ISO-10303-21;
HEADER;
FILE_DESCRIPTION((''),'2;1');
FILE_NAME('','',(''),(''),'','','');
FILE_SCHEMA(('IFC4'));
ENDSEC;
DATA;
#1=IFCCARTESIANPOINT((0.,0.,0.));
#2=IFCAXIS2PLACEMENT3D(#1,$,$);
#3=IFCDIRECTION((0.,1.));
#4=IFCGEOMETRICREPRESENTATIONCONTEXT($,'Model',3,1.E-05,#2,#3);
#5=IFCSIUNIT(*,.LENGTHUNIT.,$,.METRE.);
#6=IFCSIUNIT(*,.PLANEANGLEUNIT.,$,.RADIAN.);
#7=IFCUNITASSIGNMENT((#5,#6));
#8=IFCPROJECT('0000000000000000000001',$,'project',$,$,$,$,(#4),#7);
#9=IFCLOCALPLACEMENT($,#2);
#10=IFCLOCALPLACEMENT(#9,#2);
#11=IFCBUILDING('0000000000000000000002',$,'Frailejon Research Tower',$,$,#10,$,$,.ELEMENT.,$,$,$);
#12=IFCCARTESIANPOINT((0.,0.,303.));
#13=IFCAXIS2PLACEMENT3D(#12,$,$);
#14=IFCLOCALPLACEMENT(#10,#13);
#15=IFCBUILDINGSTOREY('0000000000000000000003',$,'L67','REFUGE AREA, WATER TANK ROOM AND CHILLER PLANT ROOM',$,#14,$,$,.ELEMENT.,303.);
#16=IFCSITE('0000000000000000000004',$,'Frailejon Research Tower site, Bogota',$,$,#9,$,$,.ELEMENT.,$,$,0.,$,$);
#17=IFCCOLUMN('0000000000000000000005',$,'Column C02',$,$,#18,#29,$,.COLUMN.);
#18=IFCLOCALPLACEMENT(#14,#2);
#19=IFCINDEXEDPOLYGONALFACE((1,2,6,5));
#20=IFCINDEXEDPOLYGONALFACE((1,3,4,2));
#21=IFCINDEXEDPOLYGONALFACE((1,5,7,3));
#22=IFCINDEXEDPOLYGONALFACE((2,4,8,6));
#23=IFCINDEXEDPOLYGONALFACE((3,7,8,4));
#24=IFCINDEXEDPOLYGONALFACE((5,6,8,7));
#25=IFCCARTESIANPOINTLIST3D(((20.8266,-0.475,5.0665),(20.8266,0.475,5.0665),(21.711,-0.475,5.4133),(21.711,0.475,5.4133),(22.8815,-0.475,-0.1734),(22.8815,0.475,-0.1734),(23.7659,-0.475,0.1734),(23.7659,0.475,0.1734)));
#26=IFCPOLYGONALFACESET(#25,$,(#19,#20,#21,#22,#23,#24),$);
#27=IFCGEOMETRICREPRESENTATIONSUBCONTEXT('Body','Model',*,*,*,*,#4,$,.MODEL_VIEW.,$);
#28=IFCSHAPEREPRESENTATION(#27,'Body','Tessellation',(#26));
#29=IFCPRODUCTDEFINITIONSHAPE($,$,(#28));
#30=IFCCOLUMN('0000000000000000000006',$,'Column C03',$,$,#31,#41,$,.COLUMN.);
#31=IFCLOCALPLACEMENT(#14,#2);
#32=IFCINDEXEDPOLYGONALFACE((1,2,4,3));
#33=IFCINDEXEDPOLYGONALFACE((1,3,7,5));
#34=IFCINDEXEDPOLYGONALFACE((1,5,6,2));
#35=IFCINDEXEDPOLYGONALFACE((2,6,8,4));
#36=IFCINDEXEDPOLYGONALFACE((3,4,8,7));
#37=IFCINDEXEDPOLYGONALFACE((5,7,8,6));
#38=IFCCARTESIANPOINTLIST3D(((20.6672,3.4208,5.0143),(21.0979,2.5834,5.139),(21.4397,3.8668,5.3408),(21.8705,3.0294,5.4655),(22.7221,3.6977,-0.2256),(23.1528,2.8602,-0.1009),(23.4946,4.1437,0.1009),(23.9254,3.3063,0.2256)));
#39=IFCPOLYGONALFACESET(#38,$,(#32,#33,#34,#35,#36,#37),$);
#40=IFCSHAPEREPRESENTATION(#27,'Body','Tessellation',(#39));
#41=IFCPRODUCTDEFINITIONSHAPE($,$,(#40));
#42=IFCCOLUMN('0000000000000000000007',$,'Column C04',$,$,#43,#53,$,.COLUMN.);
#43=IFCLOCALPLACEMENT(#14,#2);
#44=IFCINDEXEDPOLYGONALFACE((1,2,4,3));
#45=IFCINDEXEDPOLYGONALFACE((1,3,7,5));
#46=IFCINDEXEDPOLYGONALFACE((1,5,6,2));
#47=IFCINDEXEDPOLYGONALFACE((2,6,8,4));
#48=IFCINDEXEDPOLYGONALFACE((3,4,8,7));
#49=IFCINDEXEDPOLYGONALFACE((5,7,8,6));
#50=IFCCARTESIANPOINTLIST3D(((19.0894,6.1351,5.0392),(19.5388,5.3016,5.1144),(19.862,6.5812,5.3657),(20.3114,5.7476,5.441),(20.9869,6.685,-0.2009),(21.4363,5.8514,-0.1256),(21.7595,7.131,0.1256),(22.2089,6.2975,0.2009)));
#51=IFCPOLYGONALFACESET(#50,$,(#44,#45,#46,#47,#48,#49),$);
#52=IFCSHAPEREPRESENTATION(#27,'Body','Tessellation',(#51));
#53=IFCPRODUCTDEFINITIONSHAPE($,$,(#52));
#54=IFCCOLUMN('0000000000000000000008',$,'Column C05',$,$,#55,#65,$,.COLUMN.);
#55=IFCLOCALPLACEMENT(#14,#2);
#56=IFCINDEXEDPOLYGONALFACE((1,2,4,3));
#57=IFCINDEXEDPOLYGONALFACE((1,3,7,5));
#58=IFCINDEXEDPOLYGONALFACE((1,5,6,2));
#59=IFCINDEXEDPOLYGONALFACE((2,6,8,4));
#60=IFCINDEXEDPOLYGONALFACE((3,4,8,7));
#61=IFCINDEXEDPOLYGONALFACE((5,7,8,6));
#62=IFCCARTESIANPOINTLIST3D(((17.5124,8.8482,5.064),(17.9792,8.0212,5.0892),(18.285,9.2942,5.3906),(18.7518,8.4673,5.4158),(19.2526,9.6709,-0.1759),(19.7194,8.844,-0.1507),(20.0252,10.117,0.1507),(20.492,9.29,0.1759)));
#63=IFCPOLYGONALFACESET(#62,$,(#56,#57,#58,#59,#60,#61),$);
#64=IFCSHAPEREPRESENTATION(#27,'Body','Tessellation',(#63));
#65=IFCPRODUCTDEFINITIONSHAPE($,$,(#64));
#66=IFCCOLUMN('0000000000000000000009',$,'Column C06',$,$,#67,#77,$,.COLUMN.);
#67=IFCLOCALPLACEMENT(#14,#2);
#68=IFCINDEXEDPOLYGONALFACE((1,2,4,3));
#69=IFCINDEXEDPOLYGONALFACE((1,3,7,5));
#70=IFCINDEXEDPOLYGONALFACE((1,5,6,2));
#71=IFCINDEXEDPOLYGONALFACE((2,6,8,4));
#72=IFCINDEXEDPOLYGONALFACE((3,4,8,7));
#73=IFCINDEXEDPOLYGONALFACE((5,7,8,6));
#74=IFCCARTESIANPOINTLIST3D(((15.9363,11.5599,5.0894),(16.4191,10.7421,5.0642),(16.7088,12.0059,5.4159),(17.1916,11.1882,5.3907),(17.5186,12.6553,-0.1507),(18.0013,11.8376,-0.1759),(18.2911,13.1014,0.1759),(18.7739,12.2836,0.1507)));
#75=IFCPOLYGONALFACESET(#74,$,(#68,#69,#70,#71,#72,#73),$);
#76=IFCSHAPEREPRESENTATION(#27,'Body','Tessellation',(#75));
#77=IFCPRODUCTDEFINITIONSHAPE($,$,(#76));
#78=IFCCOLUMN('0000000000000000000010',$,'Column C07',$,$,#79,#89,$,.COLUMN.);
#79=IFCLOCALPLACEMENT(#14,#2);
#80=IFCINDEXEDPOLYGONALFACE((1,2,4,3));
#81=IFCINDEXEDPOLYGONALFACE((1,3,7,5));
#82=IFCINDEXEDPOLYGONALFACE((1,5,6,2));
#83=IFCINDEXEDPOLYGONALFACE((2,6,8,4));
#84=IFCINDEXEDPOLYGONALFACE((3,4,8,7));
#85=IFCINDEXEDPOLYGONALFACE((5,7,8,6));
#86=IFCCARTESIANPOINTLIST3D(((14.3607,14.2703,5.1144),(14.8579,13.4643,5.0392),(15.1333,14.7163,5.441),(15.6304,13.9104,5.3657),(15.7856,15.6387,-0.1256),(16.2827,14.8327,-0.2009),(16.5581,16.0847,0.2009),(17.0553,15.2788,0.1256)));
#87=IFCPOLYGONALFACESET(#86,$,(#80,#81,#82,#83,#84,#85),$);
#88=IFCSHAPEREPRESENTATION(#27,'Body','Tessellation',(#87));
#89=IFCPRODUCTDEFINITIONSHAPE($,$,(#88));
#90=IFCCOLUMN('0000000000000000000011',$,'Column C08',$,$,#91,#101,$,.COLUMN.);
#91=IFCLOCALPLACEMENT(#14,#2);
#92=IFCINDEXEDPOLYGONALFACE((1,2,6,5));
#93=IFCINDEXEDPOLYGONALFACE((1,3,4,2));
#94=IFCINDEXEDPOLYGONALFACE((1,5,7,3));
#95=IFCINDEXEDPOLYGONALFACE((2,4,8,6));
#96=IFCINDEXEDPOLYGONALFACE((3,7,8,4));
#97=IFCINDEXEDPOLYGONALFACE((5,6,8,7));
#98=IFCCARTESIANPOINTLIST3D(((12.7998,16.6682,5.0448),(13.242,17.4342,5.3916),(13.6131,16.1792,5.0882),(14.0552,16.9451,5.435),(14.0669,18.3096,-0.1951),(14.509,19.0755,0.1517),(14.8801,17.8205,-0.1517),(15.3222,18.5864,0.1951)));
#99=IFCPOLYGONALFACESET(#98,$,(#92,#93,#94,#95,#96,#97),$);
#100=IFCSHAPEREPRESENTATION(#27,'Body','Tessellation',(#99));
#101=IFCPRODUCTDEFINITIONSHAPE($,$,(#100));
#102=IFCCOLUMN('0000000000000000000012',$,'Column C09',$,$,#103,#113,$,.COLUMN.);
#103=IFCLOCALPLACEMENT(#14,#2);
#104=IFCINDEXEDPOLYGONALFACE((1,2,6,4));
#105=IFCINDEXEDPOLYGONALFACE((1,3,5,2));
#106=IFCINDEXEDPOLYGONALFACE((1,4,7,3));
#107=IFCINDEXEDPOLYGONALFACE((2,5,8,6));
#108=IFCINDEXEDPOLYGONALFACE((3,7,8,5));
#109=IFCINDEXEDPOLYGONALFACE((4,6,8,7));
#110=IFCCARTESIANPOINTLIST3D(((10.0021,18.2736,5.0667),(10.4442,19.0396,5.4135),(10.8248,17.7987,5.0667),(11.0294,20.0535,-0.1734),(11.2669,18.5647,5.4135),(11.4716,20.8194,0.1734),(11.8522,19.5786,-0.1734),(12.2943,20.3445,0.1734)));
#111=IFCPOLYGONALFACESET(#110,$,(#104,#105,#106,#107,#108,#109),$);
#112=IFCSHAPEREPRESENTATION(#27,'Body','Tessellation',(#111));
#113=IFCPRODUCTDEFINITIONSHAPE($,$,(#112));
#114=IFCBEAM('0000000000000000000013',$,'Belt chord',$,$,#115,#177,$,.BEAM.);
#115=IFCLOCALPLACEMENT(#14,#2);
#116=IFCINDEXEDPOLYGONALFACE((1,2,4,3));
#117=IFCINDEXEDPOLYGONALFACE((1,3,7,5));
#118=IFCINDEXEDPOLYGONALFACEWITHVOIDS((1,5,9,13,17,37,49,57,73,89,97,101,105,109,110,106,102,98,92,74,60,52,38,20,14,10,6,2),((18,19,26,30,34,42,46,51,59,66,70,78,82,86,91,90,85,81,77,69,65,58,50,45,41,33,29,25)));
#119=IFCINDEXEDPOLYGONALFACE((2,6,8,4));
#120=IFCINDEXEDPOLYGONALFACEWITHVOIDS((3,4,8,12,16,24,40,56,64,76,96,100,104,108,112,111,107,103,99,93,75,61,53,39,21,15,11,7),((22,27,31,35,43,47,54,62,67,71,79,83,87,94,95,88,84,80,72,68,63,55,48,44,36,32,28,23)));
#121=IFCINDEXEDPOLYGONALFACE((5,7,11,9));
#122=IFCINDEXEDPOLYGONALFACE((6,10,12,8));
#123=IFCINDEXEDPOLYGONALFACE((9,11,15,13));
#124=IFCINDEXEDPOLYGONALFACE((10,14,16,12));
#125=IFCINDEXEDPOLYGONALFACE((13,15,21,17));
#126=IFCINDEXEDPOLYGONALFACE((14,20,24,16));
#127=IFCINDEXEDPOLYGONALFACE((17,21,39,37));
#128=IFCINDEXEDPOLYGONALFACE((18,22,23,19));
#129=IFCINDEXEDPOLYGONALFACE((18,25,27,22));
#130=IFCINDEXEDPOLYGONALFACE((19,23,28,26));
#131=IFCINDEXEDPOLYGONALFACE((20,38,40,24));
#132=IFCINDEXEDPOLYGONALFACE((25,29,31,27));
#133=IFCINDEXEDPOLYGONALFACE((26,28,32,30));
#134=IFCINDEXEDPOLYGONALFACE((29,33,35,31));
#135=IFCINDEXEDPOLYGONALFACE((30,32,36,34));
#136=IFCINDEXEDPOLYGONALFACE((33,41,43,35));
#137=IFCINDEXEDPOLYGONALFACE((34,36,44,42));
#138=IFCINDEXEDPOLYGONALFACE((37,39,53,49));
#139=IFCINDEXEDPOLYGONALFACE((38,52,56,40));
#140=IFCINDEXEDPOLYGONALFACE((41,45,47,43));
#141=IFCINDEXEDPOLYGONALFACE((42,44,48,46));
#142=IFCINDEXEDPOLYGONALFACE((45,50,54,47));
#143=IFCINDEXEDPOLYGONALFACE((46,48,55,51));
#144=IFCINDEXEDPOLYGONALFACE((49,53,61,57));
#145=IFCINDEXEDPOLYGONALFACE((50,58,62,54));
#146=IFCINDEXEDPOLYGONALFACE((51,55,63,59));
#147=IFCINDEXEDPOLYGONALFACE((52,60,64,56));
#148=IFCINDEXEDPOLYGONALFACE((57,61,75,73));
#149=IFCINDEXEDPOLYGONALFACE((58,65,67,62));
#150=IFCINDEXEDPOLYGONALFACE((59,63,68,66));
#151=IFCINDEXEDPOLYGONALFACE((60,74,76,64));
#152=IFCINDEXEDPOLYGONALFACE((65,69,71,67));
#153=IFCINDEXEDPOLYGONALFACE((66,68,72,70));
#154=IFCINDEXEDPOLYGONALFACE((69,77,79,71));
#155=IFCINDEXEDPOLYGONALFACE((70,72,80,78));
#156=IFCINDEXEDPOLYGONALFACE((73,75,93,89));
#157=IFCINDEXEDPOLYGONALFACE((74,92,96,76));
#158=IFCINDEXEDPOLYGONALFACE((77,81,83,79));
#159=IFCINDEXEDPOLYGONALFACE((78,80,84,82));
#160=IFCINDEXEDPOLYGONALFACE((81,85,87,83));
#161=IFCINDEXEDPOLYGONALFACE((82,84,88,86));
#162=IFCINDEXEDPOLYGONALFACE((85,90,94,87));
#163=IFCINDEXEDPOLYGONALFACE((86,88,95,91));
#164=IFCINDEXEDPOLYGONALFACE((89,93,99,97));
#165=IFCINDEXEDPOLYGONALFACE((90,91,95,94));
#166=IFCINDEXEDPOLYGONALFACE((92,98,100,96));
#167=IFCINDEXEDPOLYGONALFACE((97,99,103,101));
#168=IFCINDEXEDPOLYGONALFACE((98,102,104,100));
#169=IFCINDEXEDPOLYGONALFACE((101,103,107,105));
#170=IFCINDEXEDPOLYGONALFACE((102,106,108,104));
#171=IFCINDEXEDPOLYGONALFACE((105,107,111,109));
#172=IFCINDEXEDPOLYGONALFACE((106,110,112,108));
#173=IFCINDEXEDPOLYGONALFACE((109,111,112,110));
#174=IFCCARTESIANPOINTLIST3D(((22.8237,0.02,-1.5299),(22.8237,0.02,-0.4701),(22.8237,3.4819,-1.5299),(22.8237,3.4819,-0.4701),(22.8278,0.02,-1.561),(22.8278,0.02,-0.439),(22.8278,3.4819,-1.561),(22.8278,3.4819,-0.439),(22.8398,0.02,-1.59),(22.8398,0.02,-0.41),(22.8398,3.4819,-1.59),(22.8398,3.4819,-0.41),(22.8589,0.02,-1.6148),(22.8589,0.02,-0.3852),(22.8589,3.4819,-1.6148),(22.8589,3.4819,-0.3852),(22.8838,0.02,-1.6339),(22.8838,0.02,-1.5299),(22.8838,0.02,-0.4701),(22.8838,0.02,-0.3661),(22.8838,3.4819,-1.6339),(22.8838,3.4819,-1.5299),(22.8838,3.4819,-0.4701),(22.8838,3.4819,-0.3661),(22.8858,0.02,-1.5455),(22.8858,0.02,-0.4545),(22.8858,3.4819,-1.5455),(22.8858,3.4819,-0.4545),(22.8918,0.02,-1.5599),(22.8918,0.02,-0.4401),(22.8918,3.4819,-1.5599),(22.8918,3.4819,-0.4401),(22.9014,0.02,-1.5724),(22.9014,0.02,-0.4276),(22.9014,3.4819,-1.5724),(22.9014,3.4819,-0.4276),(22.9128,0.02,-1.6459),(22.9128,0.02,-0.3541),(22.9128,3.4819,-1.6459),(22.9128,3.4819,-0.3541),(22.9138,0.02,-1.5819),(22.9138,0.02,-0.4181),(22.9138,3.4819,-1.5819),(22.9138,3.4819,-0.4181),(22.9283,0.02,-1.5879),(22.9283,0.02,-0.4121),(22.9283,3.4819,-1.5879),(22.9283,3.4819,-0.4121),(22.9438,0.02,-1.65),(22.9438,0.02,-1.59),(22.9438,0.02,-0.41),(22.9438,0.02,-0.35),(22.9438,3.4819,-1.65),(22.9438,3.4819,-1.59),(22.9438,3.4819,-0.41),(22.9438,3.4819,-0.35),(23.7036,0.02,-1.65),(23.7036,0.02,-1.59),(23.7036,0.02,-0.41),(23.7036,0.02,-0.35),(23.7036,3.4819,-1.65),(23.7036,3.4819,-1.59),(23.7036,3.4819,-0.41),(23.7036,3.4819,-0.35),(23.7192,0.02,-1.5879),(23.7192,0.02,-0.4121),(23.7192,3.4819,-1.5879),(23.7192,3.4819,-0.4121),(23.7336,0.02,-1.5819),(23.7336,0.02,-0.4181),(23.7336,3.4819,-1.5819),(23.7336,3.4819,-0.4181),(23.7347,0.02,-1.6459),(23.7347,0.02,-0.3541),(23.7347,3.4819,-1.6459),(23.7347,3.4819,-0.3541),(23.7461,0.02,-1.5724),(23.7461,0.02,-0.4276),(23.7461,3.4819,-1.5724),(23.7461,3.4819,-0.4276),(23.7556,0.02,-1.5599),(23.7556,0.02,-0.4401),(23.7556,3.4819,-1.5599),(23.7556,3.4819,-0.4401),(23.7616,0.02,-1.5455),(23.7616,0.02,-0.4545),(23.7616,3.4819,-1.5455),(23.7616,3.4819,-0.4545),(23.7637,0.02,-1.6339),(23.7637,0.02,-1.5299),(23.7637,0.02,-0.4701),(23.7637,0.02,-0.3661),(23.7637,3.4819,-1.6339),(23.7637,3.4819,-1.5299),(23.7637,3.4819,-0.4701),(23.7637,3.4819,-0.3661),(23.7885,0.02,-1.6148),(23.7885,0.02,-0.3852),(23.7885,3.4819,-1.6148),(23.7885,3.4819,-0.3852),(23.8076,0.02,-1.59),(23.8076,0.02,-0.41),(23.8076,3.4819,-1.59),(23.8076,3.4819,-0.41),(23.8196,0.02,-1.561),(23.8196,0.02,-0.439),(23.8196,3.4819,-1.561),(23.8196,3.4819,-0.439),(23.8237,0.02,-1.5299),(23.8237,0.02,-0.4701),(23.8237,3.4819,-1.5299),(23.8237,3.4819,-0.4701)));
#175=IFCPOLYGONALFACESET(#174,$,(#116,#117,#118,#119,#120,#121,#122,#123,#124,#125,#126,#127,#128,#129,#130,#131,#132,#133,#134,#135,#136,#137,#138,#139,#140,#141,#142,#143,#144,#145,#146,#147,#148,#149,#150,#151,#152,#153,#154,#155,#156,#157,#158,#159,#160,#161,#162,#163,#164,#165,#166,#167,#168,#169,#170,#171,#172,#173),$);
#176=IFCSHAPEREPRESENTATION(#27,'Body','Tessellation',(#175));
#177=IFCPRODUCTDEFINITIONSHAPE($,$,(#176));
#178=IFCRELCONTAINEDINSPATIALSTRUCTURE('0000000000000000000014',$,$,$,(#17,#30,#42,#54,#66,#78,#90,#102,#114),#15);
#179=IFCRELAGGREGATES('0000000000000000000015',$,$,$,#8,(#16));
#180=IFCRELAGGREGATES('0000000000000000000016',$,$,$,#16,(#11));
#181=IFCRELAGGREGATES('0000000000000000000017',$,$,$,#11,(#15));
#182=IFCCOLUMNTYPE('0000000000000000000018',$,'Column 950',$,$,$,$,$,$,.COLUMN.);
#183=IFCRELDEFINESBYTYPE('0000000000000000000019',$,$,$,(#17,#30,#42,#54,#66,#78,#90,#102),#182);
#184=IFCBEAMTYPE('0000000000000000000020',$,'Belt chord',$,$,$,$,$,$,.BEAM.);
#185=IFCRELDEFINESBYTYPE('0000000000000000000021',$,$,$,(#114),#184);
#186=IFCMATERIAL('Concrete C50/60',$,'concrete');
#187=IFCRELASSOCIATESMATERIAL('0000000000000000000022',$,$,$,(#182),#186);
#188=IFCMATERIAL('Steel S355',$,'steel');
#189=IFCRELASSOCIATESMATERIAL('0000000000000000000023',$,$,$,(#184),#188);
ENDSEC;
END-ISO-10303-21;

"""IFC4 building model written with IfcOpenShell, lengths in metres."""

from ifc_helpers import new_model, si_unit, direction, frame, origin, origin_2d, place, context, subcontext, project, spatial, rectangle, hollow_rectangle, extrude, material, material_profile, profile_set, type_object, element, save


model = new_model("IFC4")

# Units and contexts
model_context = context("Model", 3, precision=1e-05, world=origin(), true_north=direction((0.0, 1.0)))
body_context = subcontext(model_context, "Body", "Model", "MODEL_VIEW")
ifc_project = project(units=[si_unit("LENGTHUNIT", "METRE"), si_unit("PLANEANGLEUNIT", "RADIAN")], contexts=[model_context])

# Site, building, storey
site_placement = place(None, origin())
site = spatial("IfcSite", under=ifc_project, at=site_placement, Name="Frailejon Research Tower site, Bogota", CompositionType="ELEMENT", RefElevation=0.0)
building_placement = place(site_placement, origin())
building = spatial("IfcBuilding", under=site, at=building_placement, Name="Frailejon Research Tower", CompositionType="ELEMENT")
storey_placement = place(building_placement, frame((0.0, 0.0, 303.0)))
storey = spatial("IfcBuildingStorey", under=building, at=storey_placement, Name="L67", Description="REFUGE AREA, WATER TANK ROOM AND CHILLER PLANT ROOM", CompositionType="ELEMENT", Elevation=303.0)

# Columns
ifc_material_1 = material(Name="Concrete C50/60", Category="concrete")
ifc_material_profile_1 = material_profile(ifc_material_1, rectangle(XDim=0.95, YDim=0.95, at=origin_2d()), Name="Column 950")
ifc_profile_set_1 = profile_set([ifc_material_profile_1], Name="Concrete C50/60")
column_type = type_object("IfcColumnType", Name="Column 950", PredefinedType="COLUMN", material=ifc_profile_set_1)
column_1_placement = place(storey_placement, frame((23.3237, 0.0, 0.0), z_axis=(-0.365093, 0.0, 0.930971), x_axis=(0.0, 1.0, 0.0)))
element("IfcColumn", 1, at=column_1_placement, inside=storey, type_object=column_type, Name="Column C02", PredefinedType="COLUMN", context=body_context, shape_type="SweptSolid", body=[
    extrude(rectangle(XDim=0.95, YDim=0.95, at=origin_2d()), origin(), (0.0, 0.0, 1.0), 5.6284),
])
column_2_placement = place(storey_placement, frame((23.3237, 3.502, 0.0), z_axis=(-0.364652, -0.049129, 0.929847), x_axis=(-0.453479, 0.881548, -0.131261)))
element("IfcColumn", 2, at=column_2_placement, inside=storey, type_object=column_type, Name="Column C03", PredefinedType="COLUMN", context=body_context, shape_type="SweptSolid", body=[
    extrude(rectangle(XDim=0.95, YDim=0.95, at=origin_2d()), origin(), (0.0, 0.0, 1.0), 5.6353),
])
column_3_placement = place(storey_placement, frame((21.5979, 6.4912, 0.0), z_axis=(-0.338832, -0.098179, 0.93571), x_axis=(-0.473093, 0.877441, -0.079247)))
element("IfcColumn", 3, at=column_3_placement, inside=storey, type_object=column_type, Name="Column C04", PredefinedType="COLUMN", context=body_context, shape_type="SweptSolid", body=[
    extrude(rectangle(XDim=0.95, YDim=0.95, at=origin_2d()), origin(), (0.0, 0.0, 1.0), 5.6001),
])
for number, where, z_axis, x_axis, name in (
    (4, (19.8723, 9.4805, 0.0), (-0.311738, -0.147384, 0.938668), (-0.491392, 0.870535, -0.026508), "Column C05"),
    (5, (18.1462, 12.4695, 0.0), (-0.283449, -0.196241, 0.938694), (-0.508203, 0.860829, 0.026505), "Column C06"),
):
    element("IfcColumn", number, at=place(storey_placement, frame(where, z_axis=z_axis, x_axis=x_axis)), inside=storey, type_object=column_type, Name=name, PredefinedType="COLUMN", context=body_context, shape_type="SweptSolid", body=[
        extrude(rectangle(XDim=0.95, YDim=0.95, at=origin_2d()), origin(), (0.0, 0.0, 1.0), 5.5823),
    ])
column_4_placement = place(storey_placement, frame((16.4204, 15.4587, 0.0), z_axis=(-0.254429, -0.244358, 0.935711), x_axis=(-0.523377, 0.848408, 0.079248)))
element("IfcColumn", 6, at=column_4_placement, inside=storey, type_object=column_type, Name="Column C07", PredefinedType="COLUMN", context=body_context, shape_type="SweptSolid", body=[
    extrude(rectangle(XDim=0.95, YDim=0.95, at=origin_2d()), origin(), (0.0, 0.0, 1.0), 5.6001),
])
column_5_placement = place(storey_placement, frame((14.6946, 18.448, 0.0), z_axis=(-0.224847, -0.291261, 0.929844), x_axis=(-0.856061, 0.514847, -0.045736)))
element("IfcColumn", 7, at=column_5_placement, inside=storey, type_object=column_type, Name="Column C08", PredefinedType="COLUMN", context=body_context, shape_type="SweptSolid", body=[
    extrude(rectangle(XDim=0.95, YDim=0.95, at=origin_2d()), origin(), (0.0, 0.0, 1.0), 5.6353),
])
column_6_placement = place(storey_placement, frame((11.6619, 20.199, 0.0), z_axis=(-0.182524, -0.316207, 0.930966), x_axis=(-0.866068, 0.499927, 0.000003)))
element("IfcColumn", 8, at=column_6_placement, inside=storey, type_object=column_type, Name="Column C09", PredefinedType="COLUMN", context=body_context, shape_type="SweptSolid", body=[
    extrude(rectangle(XDim=0.95, YDim=0.95, at=origin_2d()), origin(), (0.0, 0.0, 1.0), 5.6287),
])

# Beam
ifc_material_2 = material(Name="Steel S355", Category="steel")
ifc_material_profile_2 = material_profile(ifc_material_2, hollow_rectangle(XDim=1.0, YDim=1.3, WallThickness=0.0601, InnerFilletRadius=0.0601, OuterFilletRadius=0.1201, at=origin_2d()), Name="Belt chord")
ifc_profile_set_2 = profile_set([ifc_material_profile_2], Name="Steel S355")
beam_type_1 = type_object("IfcBeamType", Name="Belt chord", PredefinedType="BEAM", material=ifc_profile_set_2)
beam_1_placement = place(storey_placement, frame((23.3237, 0.02, -1.0), z_axis=(0.0, 1.0, 0.0), x_axis=(-1.0, 0.0, 0.0)))
element("IfcBeam", 9, at=beam_1_placement, inside=storey, type_object=beam_type_1, Name="Belt chord", PredefinedType="BEAM", context=body_context, shape_type="SweptSolid", body=[
    extrude(hollow_rectangle(XDim=1.0, YDim=1.3, WallThickness=0.0601, InnerFilletRadius=0.0601, OuterFilletRadius=0.1201, at=origin_2d()), origin(), (0.0, 0.0, 1.0), 3.4619),
])

save(model, "model.ifc")
